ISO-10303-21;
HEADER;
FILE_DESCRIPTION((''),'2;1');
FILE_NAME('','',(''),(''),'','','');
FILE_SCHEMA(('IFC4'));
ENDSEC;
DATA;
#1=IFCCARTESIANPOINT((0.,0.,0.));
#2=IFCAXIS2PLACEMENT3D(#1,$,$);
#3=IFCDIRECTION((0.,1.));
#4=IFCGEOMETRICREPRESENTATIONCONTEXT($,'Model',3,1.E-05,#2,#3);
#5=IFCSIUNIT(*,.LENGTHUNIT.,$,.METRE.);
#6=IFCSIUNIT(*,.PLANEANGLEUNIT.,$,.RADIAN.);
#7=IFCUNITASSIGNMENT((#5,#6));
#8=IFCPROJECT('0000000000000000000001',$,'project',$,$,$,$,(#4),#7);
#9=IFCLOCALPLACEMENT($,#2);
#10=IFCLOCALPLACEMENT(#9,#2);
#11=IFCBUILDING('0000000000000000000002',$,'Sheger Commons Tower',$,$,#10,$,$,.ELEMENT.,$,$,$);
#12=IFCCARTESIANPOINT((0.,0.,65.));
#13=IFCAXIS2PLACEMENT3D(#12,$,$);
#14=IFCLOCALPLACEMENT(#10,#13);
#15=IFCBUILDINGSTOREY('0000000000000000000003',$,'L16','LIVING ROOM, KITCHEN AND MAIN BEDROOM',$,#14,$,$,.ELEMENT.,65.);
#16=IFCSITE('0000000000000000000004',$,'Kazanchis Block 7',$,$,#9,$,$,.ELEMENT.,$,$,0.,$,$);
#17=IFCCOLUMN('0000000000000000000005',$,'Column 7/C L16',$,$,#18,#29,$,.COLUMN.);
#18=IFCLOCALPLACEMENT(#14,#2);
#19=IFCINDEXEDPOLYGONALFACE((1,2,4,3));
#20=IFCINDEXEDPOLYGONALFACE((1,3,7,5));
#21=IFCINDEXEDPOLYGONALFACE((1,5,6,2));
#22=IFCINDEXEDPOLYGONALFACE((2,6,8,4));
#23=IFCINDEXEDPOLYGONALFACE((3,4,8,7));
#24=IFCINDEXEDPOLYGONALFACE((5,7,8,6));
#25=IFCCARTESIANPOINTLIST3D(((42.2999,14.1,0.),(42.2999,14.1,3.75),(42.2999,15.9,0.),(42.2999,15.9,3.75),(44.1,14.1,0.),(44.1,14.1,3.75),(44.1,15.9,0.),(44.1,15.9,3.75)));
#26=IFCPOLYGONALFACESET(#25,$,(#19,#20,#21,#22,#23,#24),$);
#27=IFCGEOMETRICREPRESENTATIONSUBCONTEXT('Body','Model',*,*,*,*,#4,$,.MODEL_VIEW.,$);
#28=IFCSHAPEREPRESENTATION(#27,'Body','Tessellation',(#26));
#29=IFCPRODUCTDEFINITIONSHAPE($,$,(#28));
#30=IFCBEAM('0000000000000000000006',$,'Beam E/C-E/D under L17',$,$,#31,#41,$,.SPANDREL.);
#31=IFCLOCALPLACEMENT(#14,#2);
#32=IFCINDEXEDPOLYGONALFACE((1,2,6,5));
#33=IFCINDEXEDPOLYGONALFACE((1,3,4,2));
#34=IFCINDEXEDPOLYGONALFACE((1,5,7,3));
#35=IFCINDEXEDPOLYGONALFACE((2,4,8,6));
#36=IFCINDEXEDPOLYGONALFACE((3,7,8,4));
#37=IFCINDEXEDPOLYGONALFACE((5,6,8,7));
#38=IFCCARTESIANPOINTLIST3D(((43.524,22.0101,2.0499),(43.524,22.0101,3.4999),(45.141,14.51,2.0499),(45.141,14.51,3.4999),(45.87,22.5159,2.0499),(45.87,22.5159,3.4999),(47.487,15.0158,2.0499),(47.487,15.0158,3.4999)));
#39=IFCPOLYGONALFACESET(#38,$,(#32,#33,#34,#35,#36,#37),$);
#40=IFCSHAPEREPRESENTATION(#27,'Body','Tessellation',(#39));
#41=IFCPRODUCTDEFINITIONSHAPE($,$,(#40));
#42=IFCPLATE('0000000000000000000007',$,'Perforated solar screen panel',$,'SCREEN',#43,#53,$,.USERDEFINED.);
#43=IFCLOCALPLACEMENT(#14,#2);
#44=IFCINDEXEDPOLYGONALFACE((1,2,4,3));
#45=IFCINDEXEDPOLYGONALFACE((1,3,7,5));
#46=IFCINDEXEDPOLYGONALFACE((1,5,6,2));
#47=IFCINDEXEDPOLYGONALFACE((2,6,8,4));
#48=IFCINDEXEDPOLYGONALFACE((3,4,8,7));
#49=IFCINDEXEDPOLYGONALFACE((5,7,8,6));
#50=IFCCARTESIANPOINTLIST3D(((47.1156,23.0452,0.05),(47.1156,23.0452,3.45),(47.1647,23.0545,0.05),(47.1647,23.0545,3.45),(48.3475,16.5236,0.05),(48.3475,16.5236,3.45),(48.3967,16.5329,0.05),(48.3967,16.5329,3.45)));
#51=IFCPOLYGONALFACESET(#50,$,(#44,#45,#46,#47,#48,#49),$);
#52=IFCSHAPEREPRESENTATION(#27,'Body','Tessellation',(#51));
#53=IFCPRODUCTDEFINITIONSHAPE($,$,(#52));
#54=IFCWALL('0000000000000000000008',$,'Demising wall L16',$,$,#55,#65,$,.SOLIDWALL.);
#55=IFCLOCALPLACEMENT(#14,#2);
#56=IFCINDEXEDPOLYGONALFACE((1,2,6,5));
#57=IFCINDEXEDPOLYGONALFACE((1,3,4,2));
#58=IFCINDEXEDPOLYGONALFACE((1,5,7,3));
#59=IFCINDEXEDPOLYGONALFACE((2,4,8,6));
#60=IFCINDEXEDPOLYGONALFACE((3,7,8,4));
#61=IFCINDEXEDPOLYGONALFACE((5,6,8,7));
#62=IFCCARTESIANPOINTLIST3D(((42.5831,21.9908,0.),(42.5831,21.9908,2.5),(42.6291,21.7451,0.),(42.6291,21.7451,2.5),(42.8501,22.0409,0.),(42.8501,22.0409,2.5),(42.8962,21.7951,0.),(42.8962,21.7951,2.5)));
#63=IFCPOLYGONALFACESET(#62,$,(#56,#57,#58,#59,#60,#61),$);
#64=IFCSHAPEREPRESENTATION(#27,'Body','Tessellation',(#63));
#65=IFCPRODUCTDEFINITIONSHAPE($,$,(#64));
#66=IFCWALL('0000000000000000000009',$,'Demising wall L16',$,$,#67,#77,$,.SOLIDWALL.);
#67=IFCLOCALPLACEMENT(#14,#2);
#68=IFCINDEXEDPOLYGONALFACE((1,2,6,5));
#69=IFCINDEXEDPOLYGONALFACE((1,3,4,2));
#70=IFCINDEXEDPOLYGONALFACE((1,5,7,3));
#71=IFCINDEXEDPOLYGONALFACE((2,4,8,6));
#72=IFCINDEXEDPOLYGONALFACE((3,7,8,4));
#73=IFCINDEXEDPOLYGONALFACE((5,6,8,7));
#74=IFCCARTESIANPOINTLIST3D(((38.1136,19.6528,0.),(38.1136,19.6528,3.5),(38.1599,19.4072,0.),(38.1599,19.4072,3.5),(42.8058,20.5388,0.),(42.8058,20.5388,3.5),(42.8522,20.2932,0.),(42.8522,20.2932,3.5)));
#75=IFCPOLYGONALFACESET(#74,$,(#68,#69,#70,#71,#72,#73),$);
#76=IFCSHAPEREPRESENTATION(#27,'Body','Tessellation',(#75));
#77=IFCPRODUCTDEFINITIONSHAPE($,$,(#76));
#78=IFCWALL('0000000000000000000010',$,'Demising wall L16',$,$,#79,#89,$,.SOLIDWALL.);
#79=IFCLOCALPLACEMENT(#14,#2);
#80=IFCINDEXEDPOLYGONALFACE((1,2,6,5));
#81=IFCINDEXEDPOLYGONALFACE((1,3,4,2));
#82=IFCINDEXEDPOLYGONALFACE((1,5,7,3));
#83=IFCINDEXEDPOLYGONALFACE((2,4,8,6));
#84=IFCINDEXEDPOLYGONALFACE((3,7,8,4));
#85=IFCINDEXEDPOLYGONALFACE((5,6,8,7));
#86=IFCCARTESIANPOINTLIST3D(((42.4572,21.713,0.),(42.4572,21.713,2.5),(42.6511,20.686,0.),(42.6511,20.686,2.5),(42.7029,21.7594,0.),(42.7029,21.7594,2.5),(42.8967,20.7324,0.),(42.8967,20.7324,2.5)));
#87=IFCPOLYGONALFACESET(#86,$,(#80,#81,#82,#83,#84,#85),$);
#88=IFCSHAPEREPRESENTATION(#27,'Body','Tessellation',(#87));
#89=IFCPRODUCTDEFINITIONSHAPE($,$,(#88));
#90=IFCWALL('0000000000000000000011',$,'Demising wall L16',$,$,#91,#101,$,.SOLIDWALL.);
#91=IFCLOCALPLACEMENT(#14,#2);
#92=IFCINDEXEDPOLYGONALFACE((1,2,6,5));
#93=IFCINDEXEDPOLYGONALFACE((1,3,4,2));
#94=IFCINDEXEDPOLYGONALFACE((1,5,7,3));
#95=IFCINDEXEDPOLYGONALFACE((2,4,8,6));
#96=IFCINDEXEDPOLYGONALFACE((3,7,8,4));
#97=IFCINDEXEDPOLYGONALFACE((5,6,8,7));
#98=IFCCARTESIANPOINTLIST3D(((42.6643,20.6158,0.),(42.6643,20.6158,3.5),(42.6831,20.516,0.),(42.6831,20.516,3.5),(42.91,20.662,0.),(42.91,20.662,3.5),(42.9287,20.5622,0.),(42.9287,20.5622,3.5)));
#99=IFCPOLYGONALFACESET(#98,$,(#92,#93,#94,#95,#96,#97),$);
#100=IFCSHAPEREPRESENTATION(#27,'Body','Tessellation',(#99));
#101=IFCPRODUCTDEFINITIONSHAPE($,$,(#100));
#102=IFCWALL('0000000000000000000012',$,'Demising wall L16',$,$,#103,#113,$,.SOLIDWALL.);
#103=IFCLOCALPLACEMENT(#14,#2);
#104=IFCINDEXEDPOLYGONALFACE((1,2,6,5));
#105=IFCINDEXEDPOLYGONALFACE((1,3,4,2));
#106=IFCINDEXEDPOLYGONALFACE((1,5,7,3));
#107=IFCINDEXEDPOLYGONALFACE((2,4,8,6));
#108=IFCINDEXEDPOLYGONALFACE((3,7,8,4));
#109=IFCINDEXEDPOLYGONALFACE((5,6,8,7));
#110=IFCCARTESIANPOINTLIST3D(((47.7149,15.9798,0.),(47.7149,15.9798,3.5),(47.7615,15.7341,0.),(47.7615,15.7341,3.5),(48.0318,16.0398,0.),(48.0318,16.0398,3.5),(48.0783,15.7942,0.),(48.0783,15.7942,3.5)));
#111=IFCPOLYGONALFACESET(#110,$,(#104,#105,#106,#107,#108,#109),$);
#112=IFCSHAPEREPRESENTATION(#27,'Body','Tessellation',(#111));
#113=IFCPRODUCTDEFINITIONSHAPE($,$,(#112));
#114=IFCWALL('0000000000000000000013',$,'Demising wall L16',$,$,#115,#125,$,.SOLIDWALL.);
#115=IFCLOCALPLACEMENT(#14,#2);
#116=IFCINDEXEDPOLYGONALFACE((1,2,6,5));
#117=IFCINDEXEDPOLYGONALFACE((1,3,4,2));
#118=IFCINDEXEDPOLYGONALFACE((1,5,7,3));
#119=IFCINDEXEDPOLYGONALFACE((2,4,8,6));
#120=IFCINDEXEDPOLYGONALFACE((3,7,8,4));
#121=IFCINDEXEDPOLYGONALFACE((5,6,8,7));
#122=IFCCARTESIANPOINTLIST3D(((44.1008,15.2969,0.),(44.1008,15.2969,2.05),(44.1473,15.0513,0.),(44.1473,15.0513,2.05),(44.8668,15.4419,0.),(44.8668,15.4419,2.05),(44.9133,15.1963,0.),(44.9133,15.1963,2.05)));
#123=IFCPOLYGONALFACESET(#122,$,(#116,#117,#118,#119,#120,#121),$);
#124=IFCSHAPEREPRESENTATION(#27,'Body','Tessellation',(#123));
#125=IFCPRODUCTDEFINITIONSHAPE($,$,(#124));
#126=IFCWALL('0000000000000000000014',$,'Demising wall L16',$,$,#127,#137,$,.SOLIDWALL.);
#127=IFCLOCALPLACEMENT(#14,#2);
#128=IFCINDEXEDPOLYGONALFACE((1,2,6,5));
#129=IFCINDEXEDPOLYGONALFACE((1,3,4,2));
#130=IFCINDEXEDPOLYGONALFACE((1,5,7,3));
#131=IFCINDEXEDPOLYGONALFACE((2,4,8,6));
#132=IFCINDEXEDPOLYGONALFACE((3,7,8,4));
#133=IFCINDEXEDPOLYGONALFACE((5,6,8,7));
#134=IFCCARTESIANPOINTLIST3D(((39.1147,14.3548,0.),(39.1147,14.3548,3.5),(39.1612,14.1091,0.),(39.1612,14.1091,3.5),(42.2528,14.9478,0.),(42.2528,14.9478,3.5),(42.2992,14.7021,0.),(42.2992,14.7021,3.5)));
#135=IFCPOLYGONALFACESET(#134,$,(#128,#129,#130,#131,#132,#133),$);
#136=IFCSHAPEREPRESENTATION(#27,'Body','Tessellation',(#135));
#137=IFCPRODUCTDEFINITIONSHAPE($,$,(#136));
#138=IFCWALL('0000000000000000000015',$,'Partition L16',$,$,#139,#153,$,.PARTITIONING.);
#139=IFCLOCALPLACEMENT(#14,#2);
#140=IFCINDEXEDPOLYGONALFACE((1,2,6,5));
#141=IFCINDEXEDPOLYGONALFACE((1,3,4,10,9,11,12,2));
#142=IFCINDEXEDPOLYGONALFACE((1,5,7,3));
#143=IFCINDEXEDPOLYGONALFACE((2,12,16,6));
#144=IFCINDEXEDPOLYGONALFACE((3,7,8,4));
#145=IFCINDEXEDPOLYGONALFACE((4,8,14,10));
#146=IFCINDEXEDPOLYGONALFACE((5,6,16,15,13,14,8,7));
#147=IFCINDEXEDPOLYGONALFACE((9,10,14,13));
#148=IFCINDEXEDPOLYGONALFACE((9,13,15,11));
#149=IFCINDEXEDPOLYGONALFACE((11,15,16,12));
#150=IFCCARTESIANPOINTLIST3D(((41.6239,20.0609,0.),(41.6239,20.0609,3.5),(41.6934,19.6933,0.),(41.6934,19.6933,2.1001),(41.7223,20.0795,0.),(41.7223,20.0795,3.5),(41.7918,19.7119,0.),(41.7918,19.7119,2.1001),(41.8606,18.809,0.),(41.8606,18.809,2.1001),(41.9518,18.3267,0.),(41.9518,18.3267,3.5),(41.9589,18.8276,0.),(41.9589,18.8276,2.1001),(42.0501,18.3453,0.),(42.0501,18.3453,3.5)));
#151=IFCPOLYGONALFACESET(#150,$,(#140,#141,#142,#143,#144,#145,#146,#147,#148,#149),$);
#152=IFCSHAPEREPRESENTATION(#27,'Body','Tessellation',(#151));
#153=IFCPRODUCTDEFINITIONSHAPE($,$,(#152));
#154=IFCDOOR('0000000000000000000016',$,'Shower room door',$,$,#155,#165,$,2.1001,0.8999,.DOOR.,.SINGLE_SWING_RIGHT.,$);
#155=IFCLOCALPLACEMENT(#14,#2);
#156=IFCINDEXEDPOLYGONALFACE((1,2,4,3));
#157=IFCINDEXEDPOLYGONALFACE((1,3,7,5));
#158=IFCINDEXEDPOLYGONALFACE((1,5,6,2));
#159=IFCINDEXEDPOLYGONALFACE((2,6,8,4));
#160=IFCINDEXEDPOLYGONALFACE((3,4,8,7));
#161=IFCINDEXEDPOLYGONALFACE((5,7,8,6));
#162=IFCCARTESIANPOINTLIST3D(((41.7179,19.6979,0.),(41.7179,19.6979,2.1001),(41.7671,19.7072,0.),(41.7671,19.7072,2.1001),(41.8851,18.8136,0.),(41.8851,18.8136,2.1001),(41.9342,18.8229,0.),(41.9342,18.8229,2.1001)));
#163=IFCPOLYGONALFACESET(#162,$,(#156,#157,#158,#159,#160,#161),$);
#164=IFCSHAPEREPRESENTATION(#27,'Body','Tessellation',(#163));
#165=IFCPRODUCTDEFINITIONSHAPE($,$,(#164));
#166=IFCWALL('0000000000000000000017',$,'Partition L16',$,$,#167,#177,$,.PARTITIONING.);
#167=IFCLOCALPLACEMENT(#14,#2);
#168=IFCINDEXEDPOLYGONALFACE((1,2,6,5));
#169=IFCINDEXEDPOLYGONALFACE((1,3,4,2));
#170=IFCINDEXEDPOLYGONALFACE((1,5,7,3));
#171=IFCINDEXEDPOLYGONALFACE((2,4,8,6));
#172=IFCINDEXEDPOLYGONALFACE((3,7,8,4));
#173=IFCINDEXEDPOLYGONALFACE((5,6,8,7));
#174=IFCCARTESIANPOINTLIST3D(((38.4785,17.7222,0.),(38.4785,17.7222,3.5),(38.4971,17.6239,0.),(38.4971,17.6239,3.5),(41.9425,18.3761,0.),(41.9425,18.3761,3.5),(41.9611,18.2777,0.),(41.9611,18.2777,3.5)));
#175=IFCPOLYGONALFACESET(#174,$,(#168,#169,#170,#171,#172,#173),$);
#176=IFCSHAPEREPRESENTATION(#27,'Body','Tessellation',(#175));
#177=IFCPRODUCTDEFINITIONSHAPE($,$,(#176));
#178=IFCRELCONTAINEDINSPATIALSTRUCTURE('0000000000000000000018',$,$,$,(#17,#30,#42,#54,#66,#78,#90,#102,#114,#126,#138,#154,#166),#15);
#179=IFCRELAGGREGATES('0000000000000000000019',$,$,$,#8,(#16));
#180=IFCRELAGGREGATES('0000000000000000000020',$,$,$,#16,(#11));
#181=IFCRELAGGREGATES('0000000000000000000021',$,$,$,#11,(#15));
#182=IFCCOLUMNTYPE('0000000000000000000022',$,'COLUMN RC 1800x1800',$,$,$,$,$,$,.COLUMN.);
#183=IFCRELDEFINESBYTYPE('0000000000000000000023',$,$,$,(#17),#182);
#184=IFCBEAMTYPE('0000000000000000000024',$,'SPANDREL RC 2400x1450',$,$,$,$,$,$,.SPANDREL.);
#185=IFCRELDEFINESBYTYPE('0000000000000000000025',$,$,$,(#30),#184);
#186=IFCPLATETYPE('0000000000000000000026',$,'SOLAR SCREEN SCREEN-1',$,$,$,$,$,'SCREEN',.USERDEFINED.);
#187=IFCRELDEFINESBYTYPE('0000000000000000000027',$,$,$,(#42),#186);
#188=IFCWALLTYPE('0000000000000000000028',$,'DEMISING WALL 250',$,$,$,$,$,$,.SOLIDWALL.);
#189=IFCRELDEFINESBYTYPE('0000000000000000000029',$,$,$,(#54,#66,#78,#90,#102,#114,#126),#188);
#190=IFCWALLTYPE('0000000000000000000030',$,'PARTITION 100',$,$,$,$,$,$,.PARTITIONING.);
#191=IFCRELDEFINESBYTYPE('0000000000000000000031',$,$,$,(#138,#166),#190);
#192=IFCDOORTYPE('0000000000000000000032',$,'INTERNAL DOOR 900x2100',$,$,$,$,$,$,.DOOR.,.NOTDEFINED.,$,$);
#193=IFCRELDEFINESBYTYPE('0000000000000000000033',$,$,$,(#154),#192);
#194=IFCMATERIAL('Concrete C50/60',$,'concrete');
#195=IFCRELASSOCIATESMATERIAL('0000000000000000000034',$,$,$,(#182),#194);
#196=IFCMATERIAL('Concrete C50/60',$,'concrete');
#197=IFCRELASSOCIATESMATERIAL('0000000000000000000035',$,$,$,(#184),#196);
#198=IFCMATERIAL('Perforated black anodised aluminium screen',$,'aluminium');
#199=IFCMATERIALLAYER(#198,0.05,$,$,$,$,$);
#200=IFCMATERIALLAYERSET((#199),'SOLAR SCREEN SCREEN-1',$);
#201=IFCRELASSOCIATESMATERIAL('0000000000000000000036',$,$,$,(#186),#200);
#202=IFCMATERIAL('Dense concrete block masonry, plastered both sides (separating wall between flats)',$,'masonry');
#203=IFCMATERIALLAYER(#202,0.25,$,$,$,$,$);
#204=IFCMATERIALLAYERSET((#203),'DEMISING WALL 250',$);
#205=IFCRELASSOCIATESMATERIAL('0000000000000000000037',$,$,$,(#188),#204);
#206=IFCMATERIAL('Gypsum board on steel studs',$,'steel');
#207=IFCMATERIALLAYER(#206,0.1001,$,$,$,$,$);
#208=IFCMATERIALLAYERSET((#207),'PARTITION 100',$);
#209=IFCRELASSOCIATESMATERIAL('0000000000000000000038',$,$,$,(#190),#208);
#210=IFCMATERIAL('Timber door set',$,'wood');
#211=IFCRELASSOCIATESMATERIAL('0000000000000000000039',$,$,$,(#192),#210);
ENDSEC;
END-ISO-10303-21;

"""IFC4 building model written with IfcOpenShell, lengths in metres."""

from ifc_helpers import new_model, si_unit, direction, frame, frame_2d, origin, origin_2d, place, context, subcontext, project, spatial, rectangle, extrude, material, layer, layer_set, material_profile, profile_set, type_object, element, fill, save


model = new_model("IFC4")

# Units and contexts
model_context = context("Model", 3, precision=1e-05, world=origin(), true_north=direction((0.0, 1.0)))
body_context = subcontext(model_context, "Body", "Model", "MODEL_VIEW")
ifc_project = project(units=[si_unit("LENGTHUNIT", "METRE"), si_unit("PLANEANGLEUNIT", "RADIAN")], contexts=[model_context])

# Site, building, storey
site_placement = place(None, origin())
site = spatial("IfcSite", under=ifc_project, at=site_placement, Name="Kazanchis Block 7", CompositionType="ELEMENT", RefElevation=0.0)
building_placement = place(site_placement, origin())
building = spatial("IfcBuilding", under=site, at=building_placement, Name="Sheger Commons Tower", CompositionType="ELEMENT")
storey_placement = place(building_placement, frame((0.0, 0.0, 65.0)))
storey = spatial("IfcBuildingStorey", under=building, at=storey_placement, Name="L16", Description="LIVING ROOM, KITCHEN AND MAIN BEDROOM", CompositionType="ELEMENT", Elevation=65.0)

# Column
ifc_material_1 = material(Name="Concrete C50/60", Category="concrete")
ifc_material_profile_1 = material_profile(ifc_material_1, rectangle(XDim=1.8, YDim=1.8, at=origin_2d()), Name="RC 1800x1800")
ifc_profile_set_1 = profile_set([ifc_material_profile_1], Name="Concrete C50/60")
column_type = type_object("IfcColumnType", Name="COLUMN RC 1800x1800", PredefinedType="COLUMN", material=ifc_profile_set_1)
column_placement = place(storey_placement, frame((43.2, 15.0, 0.0), z_axis=(0.0, 0.0, 1.0), x_axis=(1.0, 0.0, 0.0)))
element("IfcColumn", 1, at=column_placement, inside=storey, type_object=column_type, Name="Column 7/C L16", PredefinedType="COLUMN", context=body_context, shape_type="SweptSolid", body=[
    extrude(rectangle(XDim=1.8, YDim=1.8, at=origin_2d()), origin(), (0.0, 0.0, 1.0), 3.75),
])

# Beam
ifc_material_2 = material(Name="Concrete C50/60", Category="concrete")
ifc_material_profile_2 = material_profile(ifc_material_2, rectangle(XDim=2.3999, YDim=1.45, at=origin_2d()), Name="RC 2400x1450")
ifc_profile_set_2 = profile_set([ifc_material_profile_2], Name="Concrete C50/60")
beam_type = type_object("IfcBeamType", Name="SPANDREL RC 2400x1450", PredefinedType="SPANDREL", material=ifc_profile_set_2)
beam_placement = place(storey_placement, frame((46.314, 14.7629, 2.7749), z_axis=(-0.21075, 0.97754, 0.0), x_axis=(-0.97754, -0.21075, 0.0)))
element("IfcBeam", 2, at=beam_placement, inside=storey, type_object=beam_type, Name="Beam E/C-E/D under L17", PredefinedType="SPANDREL", context=body_context, shape_type="SweptSolid", body=[
    extrude(rectangle(XDim=2.3999, YDim=1.45, at=origin_2d()), origin(), (0.0, 0.0, 1.0), 7.6724),
])

# Plate
ifc_material_3 = material(Name="Perforated black anodised aluminium screen", Category="aluminium")
ifc_layer_1 = layer(ifc_material_3, 0.05)
ifc_layer_set_1 = layer_set([ifc_layer_1], Name="SOLAR SCREEN SCREEN-1")
plate_type = type_object("IfcPlateType", Name="SOLAR SCREEN SCREEN-1", ElementType="SCREEN", PredefinedType="USERDEFINED", material=ifc_layer_set_1)
plate_placement = place(storey_placement, frame((47.7561, 19.7891, 0.05), z_axis=(0.0, 0.0, 1.0), x_axis=(-0.185615, 0.982623, 0.0)))
element("IfcPlate", 3, at=plate_placement, inside=storey, type_object=plate_type, Name="Perforated solar screen panel", ObjectType="SCREEN", PredefinedType="USERDEFINED", context=body_context, shape_type="SweptSolid", body=[
    extrude(rectangle(XDim=6.637, YDim=0.05, at=origin_2d()), origin(), (0.0, 0.0, 1.0), 3.3999),
])

# Walls
ifc_material_4 = material(Name="Dense concrete block masonry, plastered both sides (separating wall between flats)", Category="masonry")
ifc_layer_2 = layer(ifc_material_4, 0.25)
ifc_layer_set_2 = layer_set([ifc_layer_2], Name="DEMISING WALL 250")
wall_type_1 = type_object("IfcWallType", Name="DEMISING WALL 250", PredefinedType="SOLIDWALL", material=ifc_layer_set_2)
wall_1_placement = place(storey_placement, frame((42.873, 21.918, 0.0), z_axis=(0.0, 0.0, 1.0), x_axis=(-0.982893, -0.18418, 0.0)))
element("IfcWall", 4, at=wall_1_placement, inside=storey, type_object=wall_type_1, Name="Demising wall L16", PredefinedType="SOLIDWALL", context=body_context, shape_type="SweptSolid", body=[
    extrude(rectangle(XDim=0.2717, YDim=0.25, at=frame_2d((0.1357, 0.0))), origin(), (0.0, 0.0, 1.0), 2.5),
])
wall_2_placement = place(storey_placement, frame((42.8291, 20.416, 0.0), z_axis=(0.0, 0.0, 1.0), x_axis=(-0.982636, -0.185545, 0.0)))
element("IfcWall", 5, at=wall_2_placement, inside=storey, type_object=wall_type_1, Name="Demising wall L16", PredefinedType="SOLIDWALL", context=body_context, shape_type="SweptSolid", body=[
    extrude(rectangle(XDim=4.7751, YDim=0.25, at=frame_2d((2.3877, 0.0))), origin(), (0.0, 0.0, 1.0), 3.5),
])
wall_3_placement = place(storey_placement, frame((42.5801, 21.7361, 0.0), z_axis=(0.0, 0.0, 1.0), x_axis=(0.185459, -0.982652, 0.0)))
element("IfcWall", 6, at=wall_3_placement, inside=storey, type_object=wall_type_1, Name="Demising wall L16", PredefinedType="SOLIDWALL", context=body_context, shape_type="SweptSolid", body=[
    extrude(rectangle(XDim=1.0452, YDim=0.25, at=frame_2d((0.5225, 0.0))), origin(), (0.0, 0.0, 1.0), 2.5),
])
wall_4_placement = place(storey_placement, frame((42.7871, 20.6389, 0.0), z_axis=(0.0, 0.0, 1.0), x_axis=(0.185014, -0.982736, 0.0)))
element("IfcWall", 7, at=wall_4_placement, inside=storey, type_object=wall_type_1, Name="Demising wall L16", PredefinedType="SOLIDWALL", context=body_context, shape_type="SweptSolid", body=[
    extrude(rectangle(XDim=0.1016, YDim=0.25, at=frame_2d((0.0508, 0.0))), origin(), (0.0, 0.0, 1.0), 3.5),
])
wall_5_placement = place(storey_placement, frame((48.0549, 15.917, 0.0), z_axis=(0.0, 0.0, 1.0), x_axis=(-0.98251, -0.186208, 0.0)))
element("IfcWall", 8, at=wall_5_placement, inside=storey, type_object=wall_type_1, Name="Demising wall L16", PredefinedType="SOLIDWALL", context=body_context, shape_type="SweptSolid", body=[
    extrude(rectangle(XDim=0.3225, YDim=0.25, at=frame_2d((0.1611, 0.0))), origin(), (0.0, 0.0, 1.0), 3.5),
])
wall_6_placement = place(storey_placement, frame((44.8899, 15.3191, 0.0), z_axis=(0.0, 0.0, 1.0), x_axis=(-0.982541, -0.186047, 0.0)))
element("IfcWall", 9, at=wall_6_placement, inside=storey, type_object=wall_type_1, Name="Demising wall L16", PredefinedType="SOLIDWALL", context=body_context, shape_type="SweptSolid", body=[
    extrude(rectangle(XDim=0.7795, YDim=0.25, at=frame_2d((0.3896, 0.0))), origin(), (0.0, 0.0, 1.0), 2.05),
])
wall_7_placement = place(storey_placement, frame((42.2759, 14.825, 0.0), z_axis=(0.0, 0.0, 1.0), x_axis=(-0.982607, -0.185696, 0.0)))
element("IfcWall", 10, at=wall_7_placement, inside=storey, type_object=wall_type_1, Name="Demising wall L16", PredefinedType="SOLIDWALL", context=body_context, shape_type="SweptSolid", body=[
    extrude(rectangle(XDim=3.1936, YDim=0.25, at=frame_2d((1.5967, 0.0))), origin(), (0.0, 0.0, 1.0), 3.5),
])

# Wall, opening, door
ifc_material_5 = material(Name="Gypsum board on steel studs", Category="steel")
ifc_layer_3 = layer(ifc_material_5, 0.1001)
ifc_layer_set_3 = layer_set([ifc_layer_3], Name="PARTITION 100")
wall_type_2 = type_object("IfcWallType", Name="PARTITION 100", PredefinedType="PARTITIONING", material=ifc_layer_set_3)
wall_8_placement = place(storey_placement, frame((41.6731, 20.0701, 0.0), z_axis=(0.0, 0.0, 1.0), x_axis=(0.185783, -0.982591, 0.0)))
wall_8 = element("IfcWall", 11, at=wall_8_placement, inside=storey, type_object=wall_type_2, Name="Partition L16", PredefinedType="PARTITIONING", context=body_context, shape_type="SweptSolid", body=[
    extrude(rectangle(XDim=1.7649, YDim=0.1001, at=frame_2d((0.8823, 0.0))), origin(), (0.0, 0.0, 1.0), 3.5),
])
opening_placement = place(wall_8_placement, frame((0.374, 0.0, 0.0)))
opening = element("IfcOpeningElement", 12, at=opening_placement, cuts=wall_8, PredefinedType="OPENING", context=body_context, shape_type="SweptSolid", body=[
    extrude(rectangle(XDim=0.8999, YDim=2.1001, at=frame_2d((0.45, 1.05))), frame((0.0, 0.0601, 0.0), z_axis=(0.0, -1.0, 0.0), x_axis=(1.0, 0.0, 0.0)), (0.0, 0.0, 1.0), 0.1201),
])
ifc_material_6 = material(Name="Timber door set", Category="wood")
door_type = type_object("IfcDoorType", Name="INTERNAL DOOR 900x2100", OperationType="NOTDEFINED", PredefinedType="DOOR", material=ifc_material_6)
door_placement = place(opening_placement, origin())
door = element("IfcDoor", 13, at=door_placement, inside=storey, type_object=door_type, Name="Shower room door", OperationType="SINGLE_SWING_RIGHT", OverallHeight=2.1001, OverallWidth=0.8999, PredefinedType="DOOR", context=body_context, shape_type="SweptSolid", body=[
    extrude(rectangle(XDim=0.8999, YDim=2.1001, at=frame_2d((0.45, 1.05))), frame((0.0, 0.0249, 0.0), z_axis=(0.0, -1.0, 0.0), x_axis=(1.0, 0.0, 0.0)), (0.0, 0.0, 1.0), 0.05),
])
fill(opening, door)

# Wall
wall_9_placement = place(storey_placement, frame((41.9519, 18.3269, 0.0), z_axis=(0.0, 0.0, 1.0), x_axis=(-0.982649, -0.185476, 0.0)))
element("IfcWall", 14, at=wall_9_placement, inside=storey, type_object=wall_type_2, Name="Partition L16", PredefinedType="PARTITIONING", context=body_context, shape_type="SweptSolid", body=[
    extrude(rectangle(XDim=3.5251, YDim=0.1001, at=frame_2d((1.7627, 0.0))), origin(), (0.0, 0.0, 1.0), 3.5),
])

save(model, "model.ifc")
